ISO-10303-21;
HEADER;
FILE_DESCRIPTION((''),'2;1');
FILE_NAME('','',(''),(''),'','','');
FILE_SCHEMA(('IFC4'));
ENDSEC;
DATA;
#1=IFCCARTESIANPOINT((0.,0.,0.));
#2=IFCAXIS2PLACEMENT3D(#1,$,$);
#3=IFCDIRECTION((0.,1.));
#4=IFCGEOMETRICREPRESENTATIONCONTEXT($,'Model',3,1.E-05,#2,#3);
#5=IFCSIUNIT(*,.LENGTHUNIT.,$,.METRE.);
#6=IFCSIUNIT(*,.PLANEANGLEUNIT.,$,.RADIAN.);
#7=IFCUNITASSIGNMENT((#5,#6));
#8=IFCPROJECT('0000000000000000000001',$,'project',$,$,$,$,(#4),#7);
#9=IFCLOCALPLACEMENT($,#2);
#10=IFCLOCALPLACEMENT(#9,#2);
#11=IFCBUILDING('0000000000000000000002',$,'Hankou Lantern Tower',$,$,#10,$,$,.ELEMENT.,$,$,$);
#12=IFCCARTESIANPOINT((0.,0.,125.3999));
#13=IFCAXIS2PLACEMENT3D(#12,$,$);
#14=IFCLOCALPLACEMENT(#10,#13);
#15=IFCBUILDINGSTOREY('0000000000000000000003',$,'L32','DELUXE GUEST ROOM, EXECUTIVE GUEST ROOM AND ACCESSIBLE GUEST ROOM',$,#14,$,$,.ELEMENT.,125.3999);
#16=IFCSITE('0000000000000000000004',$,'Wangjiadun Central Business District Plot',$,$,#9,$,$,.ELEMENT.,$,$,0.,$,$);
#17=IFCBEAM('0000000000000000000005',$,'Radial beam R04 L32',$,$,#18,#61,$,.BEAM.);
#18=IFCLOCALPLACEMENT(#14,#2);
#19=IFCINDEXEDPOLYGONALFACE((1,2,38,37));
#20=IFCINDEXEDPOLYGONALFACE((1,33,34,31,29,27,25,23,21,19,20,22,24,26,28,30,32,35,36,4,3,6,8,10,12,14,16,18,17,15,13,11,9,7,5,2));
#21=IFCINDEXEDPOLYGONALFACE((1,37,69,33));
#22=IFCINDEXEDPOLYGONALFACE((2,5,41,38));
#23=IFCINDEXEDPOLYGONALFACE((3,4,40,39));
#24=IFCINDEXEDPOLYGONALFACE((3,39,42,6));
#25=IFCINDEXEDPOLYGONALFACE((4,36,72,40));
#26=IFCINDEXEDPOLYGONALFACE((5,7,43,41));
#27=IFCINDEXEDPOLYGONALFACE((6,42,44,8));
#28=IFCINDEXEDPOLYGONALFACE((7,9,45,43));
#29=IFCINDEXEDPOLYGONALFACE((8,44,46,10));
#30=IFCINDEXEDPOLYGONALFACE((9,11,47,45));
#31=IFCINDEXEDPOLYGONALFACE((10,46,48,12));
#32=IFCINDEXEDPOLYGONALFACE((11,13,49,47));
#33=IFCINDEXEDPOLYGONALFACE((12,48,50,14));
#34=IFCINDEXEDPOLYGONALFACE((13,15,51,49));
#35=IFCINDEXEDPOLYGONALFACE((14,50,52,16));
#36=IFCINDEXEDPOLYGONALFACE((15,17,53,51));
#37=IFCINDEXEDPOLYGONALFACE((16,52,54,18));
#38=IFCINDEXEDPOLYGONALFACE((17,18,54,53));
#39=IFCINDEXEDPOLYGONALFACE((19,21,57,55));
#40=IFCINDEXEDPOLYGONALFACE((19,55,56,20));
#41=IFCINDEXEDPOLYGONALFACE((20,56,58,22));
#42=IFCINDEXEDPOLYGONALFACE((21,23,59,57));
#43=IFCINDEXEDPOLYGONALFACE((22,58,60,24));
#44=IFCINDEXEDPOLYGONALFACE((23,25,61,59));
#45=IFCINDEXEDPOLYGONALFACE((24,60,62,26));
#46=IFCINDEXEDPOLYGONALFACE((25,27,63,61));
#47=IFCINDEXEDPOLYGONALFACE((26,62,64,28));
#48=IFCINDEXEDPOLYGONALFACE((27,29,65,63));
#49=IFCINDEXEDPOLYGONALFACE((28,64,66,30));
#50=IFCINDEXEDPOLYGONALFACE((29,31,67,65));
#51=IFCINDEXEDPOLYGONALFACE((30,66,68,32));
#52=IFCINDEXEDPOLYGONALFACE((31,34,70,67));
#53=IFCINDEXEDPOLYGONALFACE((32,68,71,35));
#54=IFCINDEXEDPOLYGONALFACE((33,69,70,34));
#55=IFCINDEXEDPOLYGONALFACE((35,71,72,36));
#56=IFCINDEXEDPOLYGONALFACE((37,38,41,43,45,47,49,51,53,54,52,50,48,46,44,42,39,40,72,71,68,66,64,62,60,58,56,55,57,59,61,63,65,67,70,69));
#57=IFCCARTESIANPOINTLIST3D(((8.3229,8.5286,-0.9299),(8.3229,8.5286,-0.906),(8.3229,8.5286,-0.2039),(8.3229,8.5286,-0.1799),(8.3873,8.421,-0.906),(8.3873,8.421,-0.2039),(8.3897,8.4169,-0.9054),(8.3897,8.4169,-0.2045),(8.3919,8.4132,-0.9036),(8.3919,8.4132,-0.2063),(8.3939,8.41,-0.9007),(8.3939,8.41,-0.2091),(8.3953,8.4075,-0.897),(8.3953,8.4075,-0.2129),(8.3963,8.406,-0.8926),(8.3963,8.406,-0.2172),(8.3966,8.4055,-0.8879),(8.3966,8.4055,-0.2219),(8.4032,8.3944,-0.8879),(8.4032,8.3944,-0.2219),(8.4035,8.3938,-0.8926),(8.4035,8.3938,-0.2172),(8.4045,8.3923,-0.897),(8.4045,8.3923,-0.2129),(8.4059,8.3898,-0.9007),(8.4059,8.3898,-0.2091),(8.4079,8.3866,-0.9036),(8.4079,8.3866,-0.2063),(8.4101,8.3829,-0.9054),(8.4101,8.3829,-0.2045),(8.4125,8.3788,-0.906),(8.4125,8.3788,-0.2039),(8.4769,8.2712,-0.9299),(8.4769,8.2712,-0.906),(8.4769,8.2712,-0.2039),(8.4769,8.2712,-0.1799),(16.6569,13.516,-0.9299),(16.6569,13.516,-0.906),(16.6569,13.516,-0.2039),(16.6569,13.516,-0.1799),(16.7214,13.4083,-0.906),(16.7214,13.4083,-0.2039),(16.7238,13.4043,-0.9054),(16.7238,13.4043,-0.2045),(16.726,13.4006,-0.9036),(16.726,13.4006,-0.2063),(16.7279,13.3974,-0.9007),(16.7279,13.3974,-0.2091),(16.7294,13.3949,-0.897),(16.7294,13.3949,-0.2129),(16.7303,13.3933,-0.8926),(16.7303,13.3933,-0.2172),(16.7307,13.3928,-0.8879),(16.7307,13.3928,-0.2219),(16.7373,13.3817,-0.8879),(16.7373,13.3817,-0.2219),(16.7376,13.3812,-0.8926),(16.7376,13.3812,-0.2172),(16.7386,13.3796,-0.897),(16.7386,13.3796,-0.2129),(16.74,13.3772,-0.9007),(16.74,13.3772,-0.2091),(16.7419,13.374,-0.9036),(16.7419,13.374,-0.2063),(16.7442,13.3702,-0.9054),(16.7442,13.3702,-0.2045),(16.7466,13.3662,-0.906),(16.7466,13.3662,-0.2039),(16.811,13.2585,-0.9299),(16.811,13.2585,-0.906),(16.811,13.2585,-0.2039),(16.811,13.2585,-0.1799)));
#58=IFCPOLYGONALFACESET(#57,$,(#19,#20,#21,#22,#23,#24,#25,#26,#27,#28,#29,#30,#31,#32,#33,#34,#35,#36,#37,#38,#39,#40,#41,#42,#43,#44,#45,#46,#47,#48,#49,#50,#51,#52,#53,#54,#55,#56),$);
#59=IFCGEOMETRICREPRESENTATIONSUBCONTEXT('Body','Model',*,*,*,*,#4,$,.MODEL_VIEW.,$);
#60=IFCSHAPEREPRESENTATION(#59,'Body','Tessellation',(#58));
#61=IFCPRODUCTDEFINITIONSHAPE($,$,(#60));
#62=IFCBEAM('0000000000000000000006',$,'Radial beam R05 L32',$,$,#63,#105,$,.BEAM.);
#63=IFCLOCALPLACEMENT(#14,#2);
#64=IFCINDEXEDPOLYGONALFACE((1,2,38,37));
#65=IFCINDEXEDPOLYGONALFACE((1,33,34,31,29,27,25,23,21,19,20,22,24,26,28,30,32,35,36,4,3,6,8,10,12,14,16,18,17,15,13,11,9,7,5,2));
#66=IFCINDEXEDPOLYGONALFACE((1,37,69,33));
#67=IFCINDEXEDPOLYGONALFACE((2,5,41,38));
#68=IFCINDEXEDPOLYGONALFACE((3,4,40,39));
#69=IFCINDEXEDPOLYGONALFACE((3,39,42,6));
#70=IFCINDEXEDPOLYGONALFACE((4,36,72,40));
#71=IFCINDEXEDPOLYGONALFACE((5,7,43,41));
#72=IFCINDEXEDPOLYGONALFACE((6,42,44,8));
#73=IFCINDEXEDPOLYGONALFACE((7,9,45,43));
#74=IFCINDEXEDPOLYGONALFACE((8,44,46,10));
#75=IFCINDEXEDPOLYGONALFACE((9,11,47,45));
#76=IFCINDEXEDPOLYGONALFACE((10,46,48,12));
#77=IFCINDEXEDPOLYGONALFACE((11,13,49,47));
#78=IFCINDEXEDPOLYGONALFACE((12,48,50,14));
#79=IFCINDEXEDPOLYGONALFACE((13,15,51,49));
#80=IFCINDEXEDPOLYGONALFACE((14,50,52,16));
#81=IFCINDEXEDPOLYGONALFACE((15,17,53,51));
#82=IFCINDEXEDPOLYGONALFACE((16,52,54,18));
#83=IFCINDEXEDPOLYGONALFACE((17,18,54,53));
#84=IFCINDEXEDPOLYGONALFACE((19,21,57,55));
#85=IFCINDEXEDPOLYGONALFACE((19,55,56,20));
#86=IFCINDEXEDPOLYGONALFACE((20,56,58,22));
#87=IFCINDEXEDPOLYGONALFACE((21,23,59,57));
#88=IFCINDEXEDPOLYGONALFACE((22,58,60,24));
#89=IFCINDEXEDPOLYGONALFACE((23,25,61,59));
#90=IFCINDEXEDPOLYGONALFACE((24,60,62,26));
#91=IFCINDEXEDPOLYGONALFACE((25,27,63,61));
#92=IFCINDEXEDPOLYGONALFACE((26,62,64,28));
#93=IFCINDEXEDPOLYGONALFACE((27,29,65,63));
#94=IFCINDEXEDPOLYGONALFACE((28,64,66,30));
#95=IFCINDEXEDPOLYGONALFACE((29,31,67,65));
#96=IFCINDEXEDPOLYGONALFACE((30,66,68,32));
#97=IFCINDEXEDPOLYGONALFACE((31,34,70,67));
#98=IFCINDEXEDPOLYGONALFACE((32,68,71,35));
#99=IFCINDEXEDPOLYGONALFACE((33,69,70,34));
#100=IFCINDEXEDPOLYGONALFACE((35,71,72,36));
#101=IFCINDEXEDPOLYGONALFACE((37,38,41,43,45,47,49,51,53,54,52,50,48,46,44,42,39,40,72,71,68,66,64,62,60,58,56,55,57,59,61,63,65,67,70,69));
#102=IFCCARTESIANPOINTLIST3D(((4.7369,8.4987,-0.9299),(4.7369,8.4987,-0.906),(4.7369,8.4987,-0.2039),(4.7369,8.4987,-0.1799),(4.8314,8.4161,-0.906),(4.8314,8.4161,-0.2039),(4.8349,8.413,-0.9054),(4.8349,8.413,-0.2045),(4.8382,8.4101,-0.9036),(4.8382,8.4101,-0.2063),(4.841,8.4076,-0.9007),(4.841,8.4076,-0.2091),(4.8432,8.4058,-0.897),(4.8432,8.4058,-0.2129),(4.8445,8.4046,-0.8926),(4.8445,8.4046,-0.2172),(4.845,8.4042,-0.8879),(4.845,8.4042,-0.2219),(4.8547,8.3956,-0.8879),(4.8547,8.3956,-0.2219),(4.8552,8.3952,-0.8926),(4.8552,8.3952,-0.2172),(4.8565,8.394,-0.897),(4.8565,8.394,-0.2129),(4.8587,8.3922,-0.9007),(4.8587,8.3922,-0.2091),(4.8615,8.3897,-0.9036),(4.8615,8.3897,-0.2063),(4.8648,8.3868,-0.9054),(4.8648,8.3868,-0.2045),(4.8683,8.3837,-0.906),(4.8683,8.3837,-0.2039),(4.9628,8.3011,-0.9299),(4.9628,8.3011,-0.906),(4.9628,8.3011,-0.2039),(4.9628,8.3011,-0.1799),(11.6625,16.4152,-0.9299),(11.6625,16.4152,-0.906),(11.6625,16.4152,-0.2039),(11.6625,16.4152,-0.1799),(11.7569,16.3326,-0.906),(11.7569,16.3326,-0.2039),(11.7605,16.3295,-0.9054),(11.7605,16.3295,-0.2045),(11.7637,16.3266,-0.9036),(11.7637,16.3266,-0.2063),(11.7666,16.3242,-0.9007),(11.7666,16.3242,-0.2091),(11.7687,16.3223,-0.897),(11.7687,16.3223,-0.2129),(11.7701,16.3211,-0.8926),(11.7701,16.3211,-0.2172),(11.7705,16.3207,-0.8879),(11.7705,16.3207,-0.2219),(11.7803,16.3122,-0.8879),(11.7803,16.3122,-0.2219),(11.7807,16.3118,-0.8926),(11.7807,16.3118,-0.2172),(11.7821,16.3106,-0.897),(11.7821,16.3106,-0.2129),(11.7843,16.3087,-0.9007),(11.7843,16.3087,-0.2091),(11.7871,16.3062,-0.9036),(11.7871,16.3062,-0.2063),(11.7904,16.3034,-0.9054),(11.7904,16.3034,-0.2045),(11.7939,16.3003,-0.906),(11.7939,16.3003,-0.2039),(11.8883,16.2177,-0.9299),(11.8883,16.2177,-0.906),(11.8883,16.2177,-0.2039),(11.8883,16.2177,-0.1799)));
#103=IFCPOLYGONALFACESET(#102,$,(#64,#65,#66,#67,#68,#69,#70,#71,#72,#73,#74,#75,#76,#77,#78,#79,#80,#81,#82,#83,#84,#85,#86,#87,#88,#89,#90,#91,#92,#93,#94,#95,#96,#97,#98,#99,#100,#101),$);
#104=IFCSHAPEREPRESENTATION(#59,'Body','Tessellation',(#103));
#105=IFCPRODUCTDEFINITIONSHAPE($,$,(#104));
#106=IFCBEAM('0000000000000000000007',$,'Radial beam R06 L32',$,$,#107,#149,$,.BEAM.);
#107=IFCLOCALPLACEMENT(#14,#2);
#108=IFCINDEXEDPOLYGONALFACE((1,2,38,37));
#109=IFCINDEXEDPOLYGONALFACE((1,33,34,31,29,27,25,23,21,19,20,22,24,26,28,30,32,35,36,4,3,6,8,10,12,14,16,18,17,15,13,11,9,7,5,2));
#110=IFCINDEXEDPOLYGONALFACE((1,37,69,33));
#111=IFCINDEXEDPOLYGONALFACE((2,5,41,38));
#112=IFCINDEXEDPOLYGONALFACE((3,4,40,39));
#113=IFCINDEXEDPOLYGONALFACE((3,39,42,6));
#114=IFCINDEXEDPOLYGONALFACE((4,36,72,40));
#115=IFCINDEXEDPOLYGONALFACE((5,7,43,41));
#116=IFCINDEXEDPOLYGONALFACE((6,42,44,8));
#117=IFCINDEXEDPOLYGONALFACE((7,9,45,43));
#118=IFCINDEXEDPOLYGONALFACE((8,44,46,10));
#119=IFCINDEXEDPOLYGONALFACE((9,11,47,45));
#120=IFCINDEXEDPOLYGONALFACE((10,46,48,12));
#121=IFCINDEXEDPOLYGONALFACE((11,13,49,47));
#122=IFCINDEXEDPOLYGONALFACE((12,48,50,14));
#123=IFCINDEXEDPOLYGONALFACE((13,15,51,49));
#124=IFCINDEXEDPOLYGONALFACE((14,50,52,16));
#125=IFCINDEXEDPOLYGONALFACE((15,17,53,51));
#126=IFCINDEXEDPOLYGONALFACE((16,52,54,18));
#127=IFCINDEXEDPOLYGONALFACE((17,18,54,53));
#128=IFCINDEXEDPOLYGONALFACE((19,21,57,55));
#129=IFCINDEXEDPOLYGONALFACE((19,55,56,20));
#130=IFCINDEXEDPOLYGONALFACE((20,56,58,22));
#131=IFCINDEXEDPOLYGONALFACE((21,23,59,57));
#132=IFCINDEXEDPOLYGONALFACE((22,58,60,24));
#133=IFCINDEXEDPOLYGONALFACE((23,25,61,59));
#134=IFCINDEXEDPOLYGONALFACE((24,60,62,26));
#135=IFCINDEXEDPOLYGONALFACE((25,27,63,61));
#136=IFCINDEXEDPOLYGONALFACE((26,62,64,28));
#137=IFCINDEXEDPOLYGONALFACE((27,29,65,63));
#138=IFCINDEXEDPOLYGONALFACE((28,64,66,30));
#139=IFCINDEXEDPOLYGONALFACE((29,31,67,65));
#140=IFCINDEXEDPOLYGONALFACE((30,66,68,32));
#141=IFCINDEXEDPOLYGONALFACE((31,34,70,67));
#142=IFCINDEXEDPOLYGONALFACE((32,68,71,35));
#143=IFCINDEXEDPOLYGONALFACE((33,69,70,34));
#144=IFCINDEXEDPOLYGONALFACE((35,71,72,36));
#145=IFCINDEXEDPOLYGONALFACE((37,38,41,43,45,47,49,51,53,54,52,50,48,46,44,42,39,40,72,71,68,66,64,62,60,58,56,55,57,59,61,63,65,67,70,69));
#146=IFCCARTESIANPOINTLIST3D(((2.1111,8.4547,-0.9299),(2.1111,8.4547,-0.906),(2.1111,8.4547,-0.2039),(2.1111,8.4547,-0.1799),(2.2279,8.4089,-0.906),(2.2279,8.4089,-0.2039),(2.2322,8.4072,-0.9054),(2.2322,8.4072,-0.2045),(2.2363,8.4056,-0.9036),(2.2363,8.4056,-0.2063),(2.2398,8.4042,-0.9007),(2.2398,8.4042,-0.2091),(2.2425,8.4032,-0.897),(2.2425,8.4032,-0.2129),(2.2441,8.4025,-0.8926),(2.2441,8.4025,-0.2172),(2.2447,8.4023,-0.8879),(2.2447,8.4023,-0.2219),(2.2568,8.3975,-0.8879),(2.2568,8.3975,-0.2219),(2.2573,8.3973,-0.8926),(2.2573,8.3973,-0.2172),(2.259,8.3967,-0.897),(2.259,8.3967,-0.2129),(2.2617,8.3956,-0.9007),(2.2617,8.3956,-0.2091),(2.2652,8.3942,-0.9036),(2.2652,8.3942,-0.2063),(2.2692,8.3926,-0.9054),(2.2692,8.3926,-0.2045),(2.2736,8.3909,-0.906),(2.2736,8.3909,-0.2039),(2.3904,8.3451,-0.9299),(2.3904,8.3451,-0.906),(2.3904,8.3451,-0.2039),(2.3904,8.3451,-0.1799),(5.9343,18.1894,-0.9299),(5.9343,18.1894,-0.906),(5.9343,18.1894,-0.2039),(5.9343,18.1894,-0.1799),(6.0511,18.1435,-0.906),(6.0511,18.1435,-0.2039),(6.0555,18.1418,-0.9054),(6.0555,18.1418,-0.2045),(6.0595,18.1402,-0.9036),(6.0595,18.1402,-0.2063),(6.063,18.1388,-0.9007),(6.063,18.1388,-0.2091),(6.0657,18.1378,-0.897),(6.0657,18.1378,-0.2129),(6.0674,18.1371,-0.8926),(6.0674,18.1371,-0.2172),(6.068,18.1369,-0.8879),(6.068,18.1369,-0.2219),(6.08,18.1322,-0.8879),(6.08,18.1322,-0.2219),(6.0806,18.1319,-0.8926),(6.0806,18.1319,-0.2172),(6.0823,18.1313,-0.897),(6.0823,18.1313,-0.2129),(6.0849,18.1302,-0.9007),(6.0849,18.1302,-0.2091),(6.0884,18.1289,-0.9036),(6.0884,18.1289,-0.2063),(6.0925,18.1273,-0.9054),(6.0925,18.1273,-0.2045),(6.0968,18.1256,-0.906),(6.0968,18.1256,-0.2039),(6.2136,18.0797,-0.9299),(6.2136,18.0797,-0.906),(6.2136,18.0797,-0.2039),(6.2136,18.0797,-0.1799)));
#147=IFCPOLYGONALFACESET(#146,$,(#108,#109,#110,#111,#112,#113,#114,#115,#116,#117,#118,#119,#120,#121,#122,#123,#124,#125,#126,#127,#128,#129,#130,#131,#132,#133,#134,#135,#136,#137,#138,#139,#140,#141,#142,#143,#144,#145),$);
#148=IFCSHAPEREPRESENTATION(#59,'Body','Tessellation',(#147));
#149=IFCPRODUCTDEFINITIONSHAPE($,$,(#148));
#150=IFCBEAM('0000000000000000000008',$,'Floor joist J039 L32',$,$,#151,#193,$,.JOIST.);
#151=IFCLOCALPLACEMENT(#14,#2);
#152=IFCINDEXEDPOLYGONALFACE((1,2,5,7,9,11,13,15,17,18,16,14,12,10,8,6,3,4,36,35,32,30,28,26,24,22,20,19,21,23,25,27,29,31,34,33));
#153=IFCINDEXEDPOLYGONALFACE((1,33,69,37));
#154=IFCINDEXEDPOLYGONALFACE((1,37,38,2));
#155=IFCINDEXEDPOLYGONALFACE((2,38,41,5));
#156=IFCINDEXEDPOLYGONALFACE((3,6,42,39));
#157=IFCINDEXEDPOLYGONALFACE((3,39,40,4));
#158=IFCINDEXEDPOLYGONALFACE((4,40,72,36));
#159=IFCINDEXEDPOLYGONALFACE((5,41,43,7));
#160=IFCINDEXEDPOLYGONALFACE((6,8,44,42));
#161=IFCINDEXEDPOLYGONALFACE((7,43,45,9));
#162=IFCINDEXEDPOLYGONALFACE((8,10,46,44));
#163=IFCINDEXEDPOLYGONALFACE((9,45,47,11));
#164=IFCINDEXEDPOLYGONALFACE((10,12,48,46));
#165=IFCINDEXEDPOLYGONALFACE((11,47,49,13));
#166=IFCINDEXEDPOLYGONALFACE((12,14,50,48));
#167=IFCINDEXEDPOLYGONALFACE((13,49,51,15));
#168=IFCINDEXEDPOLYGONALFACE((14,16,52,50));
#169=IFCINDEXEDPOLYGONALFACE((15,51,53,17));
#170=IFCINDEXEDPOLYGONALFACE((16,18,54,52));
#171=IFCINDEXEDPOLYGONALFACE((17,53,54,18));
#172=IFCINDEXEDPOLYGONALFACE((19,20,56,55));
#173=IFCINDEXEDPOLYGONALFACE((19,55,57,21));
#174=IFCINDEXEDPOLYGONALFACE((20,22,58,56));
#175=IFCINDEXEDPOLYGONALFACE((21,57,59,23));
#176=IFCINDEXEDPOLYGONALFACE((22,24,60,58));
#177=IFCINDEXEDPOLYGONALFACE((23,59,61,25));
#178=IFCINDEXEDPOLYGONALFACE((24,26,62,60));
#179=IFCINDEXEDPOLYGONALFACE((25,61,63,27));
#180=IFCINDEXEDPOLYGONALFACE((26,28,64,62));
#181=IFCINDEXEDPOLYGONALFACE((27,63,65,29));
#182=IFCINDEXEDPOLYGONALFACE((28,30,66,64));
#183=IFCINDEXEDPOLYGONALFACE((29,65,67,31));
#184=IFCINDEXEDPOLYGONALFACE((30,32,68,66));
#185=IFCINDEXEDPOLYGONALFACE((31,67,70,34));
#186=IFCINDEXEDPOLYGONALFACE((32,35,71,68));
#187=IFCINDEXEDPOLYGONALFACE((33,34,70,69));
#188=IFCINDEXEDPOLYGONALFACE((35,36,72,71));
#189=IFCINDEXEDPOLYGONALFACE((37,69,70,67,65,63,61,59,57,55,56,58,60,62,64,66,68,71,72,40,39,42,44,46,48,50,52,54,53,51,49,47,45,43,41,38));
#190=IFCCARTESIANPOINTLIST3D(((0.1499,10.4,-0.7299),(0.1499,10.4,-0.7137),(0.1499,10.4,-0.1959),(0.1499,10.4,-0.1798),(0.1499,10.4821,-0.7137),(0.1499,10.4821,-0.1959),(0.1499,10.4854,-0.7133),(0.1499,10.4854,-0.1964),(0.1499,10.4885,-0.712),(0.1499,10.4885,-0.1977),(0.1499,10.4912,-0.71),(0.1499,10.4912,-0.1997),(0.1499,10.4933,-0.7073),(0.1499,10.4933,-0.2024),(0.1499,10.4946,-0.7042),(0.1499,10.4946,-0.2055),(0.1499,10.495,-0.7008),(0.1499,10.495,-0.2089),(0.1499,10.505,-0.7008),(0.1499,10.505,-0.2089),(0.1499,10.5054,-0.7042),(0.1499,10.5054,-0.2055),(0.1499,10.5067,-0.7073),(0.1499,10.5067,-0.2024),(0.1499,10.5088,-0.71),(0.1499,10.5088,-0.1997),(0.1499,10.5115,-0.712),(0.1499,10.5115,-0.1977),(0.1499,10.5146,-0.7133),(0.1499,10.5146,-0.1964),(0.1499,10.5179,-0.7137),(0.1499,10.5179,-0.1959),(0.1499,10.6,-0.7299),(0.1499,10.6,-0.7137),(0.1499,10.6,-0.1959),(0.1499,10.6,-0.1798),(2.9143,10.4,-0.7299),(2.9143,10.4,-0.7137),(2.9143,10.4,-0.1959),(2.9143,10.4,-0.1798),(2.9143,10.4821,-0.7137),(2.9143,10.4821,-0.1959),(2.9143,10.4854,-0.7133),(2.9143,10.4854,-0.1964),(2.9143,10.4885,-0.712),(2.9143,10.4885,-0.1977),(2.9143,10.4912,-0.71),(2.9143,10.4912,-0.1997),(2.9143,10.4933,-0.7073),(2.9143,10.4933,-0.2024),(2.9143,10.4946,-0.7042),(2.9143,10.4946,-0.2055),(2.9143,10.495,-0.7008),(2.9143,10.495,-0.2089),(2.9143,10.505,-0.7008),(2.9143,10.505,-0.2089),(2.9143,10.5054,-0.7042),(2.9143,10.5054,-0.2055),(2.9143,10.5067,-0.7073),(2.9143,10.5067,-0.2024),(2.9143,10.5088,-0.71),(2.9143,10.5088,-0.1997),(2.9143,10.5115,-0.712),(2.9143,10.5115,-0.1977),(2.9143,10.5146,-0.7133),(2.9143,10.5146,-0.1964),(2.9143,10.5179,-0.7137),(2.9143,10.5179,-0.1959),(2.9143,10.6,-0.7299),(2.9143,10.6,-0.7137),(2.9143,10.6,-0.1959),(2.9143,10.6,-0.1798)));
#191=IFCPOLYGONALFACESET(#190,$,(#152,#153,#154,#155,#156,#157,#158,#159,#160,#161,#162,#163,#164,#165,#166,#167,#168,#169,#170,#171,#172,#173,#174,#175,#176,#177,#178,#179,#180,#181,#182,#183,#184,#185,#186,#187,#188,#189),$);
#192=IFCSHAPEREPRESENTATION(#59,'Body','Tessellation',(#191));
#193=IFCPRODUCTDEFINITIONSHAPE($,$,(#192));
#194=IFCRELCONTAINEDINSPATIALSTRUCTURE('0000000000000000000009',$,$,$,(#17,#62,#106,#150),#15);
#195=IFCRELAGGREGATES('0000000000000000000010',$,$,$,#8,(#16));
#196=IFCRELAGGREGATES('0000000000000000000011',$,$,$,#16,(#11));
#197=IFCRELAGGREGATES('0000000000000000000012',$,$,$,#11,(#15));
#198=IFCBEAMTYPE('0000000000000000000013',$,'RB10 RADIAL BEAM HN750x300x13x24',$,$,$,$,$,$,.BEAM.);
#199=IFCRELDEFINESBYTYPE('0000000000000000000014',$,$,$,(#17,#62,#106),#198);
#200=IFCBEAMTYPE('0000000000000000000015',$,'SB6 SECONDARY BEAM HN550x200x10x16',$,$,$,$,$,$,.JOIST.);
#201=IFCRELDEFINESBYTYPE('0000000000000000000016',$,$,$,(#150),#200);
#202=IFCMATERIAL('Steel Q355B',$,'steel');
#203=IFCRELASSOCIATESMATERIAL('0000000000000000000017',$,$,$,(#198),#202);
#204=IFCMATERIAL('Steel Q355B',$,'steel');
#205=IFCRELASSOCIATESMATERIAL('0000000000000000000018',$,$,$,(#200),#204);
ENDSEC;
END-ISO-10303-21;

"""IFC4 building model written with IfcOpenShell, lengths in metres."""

from ifc_helpers import new_model, si_unit, direction, frame, origin, origin_2d, place, context, subcontext, project, spatial, i_section, extrude, material, material_profile, profile_set, type_object, element, save


model = new_model("IFC4")

# Units and contexts
model_context = context("Model", 3, precision=1e-05, world=origin(), true_north=direction((0.0, 1.0)))
body_context = subcontext(model_context, "Body", "Model", "MODEL_VIEW")
ifc_project = project(units=[si_unit("LENGTHUNIT", "METRE"), si_unit("PLANEANGLEUNIT", "RADIAN")], contexts=[model_context])

# Site, building, storey
site_placement = place(None, origin())
site = spatial("IfcSite", under=ifc_project, at=site_placement, Name="Wangjiadun Central Business District Plot", CompositionType="ELEMENT", RefElevation=0.0)
building_placement = place(site_placement, origin())
building = spatial("IfcBuilding", under=site, at=building_placement, Name="Hankou Lantern Tower", CompositionType="ELEMENT")
storey_placement = place(building_placement, frame((0.0, 0.0, 125.3999)))
storey = spatial("IfcBuildingStorey", under=building, at=storey_placement, Name="L32", Description="DELUXE GUEST ROOM, EXECUTIVE GUEST ROOM AND ACCESSIBLE GUEST ROOM", CompositionType="ELEMENT", Elevation=125.3999)

# Beams
ifc_material_1 = material(Name="Steel Q355B", Category="steel")
ifc_material_profile_1 = material_profile(ifc_material_1, i_section(OverallWidth=0.3, OverallDepth=0.75, WebThickness=0.0129, FlangeThickness=0.0239, FilletRadius=0.0181, at=origin_2d()), Name="HN750x300x13x24")
ifc_profile_set_1 = profile_set([ifc_material_profile_1], Name="Steel Q355B")
beam_type_1 = type_object("IfcBeamType", Name="RB10 RADIAL BEAM HN750x300x13x24", PredefinedType="BEAM", material=ifc_profile_set_1)
beam_1_placement = place(storey_placement, frame((8.3999, 8.3999, -0.5549), z_axis=(0.858087, 0.513505, 0.0), x_axis=(-0.513505, 0.858087, 0.0)))
element("IfcBeam", 1, at=beam_1_placement, inside=storey, type_object=beam_type_1, Name="Radial beam R04 L32", PredefinedType="BEAM", context=body_context, shape_type="SweptSolid", body=[
    extrude(i_section(OverallWidth=0.3, OverallDepth=0.75, WebThickness=0.0129, FlangeThickness=0.0239, FilletRadius=0.0181, at=origin_2d()), origin(), (0.0, 0.0, 1.0), 9.7124),
])
beam_2_placement = place(storey_placement, frame((4.8499, 8.3999, -0.5549), z_axis=(0.658429, 0.752643, 0.0), x_axis=(-0.752643, 0.658429, 0.0)))
element("IfcBeam", 2, at=beam_2_placement, inside=storey, type_object=beam_type_1, Name="Radial beam R05 L32", PredefinedType="BEAM", context=body_context, shape_type="SweptSolid", body=[
    extrude(i_section(OverallWidth=0.3, OverallDepth=0.75, WebThickness=0.0129, FlangeThickness=0.0239, FilletRadius=0.0181, at=origin_2d()), origin(), (0.0, 0.0, 1.0), 10.5183),
])
beam_3_placement = place(storey_placement, frame((2.2507, 8.3999, -0.5549), z_axis=(0.365564, 0.930786, 0.0), x_axis=(-0.930786, 0.365564, 0.0)))
element("IfcBeam", 3, at=beam_3_placement, inside=storey, type_object=beam_type_1, Name="Radial beam R06 L32", PredefinedType="BEAM", context=body_context, shape_type="SweptSolid", body=[
    extrude(i_section(OverallWidth=0.3, OverallDepth=0.75, WebThickness=0.0129, FlangeThickness=0.0239, FilletRadius=0.0181, at=origin_2d()), origin(), (0.0, 0.0, 1.0), 10.4585),
])
ifc_material_2 = material(Name="Steel Q355B", Category="steel")
ifc_material_profile_2 = material_profile(ifc_material_2, i_section(OverallWidth=0.2, OverallDepth=0.55, WebThickness=0.01, FlangeThickness=0.0161, FilletRadius=0.0129, at=origin_2d()), Name="HN550x200x10x16")
ifc_profile_set_2 = profile_set([ifc_material_profile_2], Name="Steel Q355B")
beam_type_2 = type_object("IfcBeamType", Name="SB6 SECONDARY BEAM HN550x200x10x16", PredefinedType="JOIST", material=ifc_profile_set_2)
beam_4_placement = place(storey_placement, frame((0.1499, 10.5, -0.4548), z_axis=(1.0, 0.0, 0.0), x_axis=(0.0, 1.0, 0.0)))
element("IfcBeam", 4, at=beam_4_placement, inside=storey, type_object=beam_type_2, Name="Floor joist J039 L32", PredefinedType="JOIST", context=body_context, shape_type="SweptSolid", body=[
    extrude(i_section(OverallWidth=0.2, OverallDepth=0.55, WebThickness=0.01, FlangeThickness=0.0161, FilletRadius=0.0129, at=origin_2d()), origin(), (0.0, 0.0, 1.0), 2.7644),
])

save(model, "model.ifc")
